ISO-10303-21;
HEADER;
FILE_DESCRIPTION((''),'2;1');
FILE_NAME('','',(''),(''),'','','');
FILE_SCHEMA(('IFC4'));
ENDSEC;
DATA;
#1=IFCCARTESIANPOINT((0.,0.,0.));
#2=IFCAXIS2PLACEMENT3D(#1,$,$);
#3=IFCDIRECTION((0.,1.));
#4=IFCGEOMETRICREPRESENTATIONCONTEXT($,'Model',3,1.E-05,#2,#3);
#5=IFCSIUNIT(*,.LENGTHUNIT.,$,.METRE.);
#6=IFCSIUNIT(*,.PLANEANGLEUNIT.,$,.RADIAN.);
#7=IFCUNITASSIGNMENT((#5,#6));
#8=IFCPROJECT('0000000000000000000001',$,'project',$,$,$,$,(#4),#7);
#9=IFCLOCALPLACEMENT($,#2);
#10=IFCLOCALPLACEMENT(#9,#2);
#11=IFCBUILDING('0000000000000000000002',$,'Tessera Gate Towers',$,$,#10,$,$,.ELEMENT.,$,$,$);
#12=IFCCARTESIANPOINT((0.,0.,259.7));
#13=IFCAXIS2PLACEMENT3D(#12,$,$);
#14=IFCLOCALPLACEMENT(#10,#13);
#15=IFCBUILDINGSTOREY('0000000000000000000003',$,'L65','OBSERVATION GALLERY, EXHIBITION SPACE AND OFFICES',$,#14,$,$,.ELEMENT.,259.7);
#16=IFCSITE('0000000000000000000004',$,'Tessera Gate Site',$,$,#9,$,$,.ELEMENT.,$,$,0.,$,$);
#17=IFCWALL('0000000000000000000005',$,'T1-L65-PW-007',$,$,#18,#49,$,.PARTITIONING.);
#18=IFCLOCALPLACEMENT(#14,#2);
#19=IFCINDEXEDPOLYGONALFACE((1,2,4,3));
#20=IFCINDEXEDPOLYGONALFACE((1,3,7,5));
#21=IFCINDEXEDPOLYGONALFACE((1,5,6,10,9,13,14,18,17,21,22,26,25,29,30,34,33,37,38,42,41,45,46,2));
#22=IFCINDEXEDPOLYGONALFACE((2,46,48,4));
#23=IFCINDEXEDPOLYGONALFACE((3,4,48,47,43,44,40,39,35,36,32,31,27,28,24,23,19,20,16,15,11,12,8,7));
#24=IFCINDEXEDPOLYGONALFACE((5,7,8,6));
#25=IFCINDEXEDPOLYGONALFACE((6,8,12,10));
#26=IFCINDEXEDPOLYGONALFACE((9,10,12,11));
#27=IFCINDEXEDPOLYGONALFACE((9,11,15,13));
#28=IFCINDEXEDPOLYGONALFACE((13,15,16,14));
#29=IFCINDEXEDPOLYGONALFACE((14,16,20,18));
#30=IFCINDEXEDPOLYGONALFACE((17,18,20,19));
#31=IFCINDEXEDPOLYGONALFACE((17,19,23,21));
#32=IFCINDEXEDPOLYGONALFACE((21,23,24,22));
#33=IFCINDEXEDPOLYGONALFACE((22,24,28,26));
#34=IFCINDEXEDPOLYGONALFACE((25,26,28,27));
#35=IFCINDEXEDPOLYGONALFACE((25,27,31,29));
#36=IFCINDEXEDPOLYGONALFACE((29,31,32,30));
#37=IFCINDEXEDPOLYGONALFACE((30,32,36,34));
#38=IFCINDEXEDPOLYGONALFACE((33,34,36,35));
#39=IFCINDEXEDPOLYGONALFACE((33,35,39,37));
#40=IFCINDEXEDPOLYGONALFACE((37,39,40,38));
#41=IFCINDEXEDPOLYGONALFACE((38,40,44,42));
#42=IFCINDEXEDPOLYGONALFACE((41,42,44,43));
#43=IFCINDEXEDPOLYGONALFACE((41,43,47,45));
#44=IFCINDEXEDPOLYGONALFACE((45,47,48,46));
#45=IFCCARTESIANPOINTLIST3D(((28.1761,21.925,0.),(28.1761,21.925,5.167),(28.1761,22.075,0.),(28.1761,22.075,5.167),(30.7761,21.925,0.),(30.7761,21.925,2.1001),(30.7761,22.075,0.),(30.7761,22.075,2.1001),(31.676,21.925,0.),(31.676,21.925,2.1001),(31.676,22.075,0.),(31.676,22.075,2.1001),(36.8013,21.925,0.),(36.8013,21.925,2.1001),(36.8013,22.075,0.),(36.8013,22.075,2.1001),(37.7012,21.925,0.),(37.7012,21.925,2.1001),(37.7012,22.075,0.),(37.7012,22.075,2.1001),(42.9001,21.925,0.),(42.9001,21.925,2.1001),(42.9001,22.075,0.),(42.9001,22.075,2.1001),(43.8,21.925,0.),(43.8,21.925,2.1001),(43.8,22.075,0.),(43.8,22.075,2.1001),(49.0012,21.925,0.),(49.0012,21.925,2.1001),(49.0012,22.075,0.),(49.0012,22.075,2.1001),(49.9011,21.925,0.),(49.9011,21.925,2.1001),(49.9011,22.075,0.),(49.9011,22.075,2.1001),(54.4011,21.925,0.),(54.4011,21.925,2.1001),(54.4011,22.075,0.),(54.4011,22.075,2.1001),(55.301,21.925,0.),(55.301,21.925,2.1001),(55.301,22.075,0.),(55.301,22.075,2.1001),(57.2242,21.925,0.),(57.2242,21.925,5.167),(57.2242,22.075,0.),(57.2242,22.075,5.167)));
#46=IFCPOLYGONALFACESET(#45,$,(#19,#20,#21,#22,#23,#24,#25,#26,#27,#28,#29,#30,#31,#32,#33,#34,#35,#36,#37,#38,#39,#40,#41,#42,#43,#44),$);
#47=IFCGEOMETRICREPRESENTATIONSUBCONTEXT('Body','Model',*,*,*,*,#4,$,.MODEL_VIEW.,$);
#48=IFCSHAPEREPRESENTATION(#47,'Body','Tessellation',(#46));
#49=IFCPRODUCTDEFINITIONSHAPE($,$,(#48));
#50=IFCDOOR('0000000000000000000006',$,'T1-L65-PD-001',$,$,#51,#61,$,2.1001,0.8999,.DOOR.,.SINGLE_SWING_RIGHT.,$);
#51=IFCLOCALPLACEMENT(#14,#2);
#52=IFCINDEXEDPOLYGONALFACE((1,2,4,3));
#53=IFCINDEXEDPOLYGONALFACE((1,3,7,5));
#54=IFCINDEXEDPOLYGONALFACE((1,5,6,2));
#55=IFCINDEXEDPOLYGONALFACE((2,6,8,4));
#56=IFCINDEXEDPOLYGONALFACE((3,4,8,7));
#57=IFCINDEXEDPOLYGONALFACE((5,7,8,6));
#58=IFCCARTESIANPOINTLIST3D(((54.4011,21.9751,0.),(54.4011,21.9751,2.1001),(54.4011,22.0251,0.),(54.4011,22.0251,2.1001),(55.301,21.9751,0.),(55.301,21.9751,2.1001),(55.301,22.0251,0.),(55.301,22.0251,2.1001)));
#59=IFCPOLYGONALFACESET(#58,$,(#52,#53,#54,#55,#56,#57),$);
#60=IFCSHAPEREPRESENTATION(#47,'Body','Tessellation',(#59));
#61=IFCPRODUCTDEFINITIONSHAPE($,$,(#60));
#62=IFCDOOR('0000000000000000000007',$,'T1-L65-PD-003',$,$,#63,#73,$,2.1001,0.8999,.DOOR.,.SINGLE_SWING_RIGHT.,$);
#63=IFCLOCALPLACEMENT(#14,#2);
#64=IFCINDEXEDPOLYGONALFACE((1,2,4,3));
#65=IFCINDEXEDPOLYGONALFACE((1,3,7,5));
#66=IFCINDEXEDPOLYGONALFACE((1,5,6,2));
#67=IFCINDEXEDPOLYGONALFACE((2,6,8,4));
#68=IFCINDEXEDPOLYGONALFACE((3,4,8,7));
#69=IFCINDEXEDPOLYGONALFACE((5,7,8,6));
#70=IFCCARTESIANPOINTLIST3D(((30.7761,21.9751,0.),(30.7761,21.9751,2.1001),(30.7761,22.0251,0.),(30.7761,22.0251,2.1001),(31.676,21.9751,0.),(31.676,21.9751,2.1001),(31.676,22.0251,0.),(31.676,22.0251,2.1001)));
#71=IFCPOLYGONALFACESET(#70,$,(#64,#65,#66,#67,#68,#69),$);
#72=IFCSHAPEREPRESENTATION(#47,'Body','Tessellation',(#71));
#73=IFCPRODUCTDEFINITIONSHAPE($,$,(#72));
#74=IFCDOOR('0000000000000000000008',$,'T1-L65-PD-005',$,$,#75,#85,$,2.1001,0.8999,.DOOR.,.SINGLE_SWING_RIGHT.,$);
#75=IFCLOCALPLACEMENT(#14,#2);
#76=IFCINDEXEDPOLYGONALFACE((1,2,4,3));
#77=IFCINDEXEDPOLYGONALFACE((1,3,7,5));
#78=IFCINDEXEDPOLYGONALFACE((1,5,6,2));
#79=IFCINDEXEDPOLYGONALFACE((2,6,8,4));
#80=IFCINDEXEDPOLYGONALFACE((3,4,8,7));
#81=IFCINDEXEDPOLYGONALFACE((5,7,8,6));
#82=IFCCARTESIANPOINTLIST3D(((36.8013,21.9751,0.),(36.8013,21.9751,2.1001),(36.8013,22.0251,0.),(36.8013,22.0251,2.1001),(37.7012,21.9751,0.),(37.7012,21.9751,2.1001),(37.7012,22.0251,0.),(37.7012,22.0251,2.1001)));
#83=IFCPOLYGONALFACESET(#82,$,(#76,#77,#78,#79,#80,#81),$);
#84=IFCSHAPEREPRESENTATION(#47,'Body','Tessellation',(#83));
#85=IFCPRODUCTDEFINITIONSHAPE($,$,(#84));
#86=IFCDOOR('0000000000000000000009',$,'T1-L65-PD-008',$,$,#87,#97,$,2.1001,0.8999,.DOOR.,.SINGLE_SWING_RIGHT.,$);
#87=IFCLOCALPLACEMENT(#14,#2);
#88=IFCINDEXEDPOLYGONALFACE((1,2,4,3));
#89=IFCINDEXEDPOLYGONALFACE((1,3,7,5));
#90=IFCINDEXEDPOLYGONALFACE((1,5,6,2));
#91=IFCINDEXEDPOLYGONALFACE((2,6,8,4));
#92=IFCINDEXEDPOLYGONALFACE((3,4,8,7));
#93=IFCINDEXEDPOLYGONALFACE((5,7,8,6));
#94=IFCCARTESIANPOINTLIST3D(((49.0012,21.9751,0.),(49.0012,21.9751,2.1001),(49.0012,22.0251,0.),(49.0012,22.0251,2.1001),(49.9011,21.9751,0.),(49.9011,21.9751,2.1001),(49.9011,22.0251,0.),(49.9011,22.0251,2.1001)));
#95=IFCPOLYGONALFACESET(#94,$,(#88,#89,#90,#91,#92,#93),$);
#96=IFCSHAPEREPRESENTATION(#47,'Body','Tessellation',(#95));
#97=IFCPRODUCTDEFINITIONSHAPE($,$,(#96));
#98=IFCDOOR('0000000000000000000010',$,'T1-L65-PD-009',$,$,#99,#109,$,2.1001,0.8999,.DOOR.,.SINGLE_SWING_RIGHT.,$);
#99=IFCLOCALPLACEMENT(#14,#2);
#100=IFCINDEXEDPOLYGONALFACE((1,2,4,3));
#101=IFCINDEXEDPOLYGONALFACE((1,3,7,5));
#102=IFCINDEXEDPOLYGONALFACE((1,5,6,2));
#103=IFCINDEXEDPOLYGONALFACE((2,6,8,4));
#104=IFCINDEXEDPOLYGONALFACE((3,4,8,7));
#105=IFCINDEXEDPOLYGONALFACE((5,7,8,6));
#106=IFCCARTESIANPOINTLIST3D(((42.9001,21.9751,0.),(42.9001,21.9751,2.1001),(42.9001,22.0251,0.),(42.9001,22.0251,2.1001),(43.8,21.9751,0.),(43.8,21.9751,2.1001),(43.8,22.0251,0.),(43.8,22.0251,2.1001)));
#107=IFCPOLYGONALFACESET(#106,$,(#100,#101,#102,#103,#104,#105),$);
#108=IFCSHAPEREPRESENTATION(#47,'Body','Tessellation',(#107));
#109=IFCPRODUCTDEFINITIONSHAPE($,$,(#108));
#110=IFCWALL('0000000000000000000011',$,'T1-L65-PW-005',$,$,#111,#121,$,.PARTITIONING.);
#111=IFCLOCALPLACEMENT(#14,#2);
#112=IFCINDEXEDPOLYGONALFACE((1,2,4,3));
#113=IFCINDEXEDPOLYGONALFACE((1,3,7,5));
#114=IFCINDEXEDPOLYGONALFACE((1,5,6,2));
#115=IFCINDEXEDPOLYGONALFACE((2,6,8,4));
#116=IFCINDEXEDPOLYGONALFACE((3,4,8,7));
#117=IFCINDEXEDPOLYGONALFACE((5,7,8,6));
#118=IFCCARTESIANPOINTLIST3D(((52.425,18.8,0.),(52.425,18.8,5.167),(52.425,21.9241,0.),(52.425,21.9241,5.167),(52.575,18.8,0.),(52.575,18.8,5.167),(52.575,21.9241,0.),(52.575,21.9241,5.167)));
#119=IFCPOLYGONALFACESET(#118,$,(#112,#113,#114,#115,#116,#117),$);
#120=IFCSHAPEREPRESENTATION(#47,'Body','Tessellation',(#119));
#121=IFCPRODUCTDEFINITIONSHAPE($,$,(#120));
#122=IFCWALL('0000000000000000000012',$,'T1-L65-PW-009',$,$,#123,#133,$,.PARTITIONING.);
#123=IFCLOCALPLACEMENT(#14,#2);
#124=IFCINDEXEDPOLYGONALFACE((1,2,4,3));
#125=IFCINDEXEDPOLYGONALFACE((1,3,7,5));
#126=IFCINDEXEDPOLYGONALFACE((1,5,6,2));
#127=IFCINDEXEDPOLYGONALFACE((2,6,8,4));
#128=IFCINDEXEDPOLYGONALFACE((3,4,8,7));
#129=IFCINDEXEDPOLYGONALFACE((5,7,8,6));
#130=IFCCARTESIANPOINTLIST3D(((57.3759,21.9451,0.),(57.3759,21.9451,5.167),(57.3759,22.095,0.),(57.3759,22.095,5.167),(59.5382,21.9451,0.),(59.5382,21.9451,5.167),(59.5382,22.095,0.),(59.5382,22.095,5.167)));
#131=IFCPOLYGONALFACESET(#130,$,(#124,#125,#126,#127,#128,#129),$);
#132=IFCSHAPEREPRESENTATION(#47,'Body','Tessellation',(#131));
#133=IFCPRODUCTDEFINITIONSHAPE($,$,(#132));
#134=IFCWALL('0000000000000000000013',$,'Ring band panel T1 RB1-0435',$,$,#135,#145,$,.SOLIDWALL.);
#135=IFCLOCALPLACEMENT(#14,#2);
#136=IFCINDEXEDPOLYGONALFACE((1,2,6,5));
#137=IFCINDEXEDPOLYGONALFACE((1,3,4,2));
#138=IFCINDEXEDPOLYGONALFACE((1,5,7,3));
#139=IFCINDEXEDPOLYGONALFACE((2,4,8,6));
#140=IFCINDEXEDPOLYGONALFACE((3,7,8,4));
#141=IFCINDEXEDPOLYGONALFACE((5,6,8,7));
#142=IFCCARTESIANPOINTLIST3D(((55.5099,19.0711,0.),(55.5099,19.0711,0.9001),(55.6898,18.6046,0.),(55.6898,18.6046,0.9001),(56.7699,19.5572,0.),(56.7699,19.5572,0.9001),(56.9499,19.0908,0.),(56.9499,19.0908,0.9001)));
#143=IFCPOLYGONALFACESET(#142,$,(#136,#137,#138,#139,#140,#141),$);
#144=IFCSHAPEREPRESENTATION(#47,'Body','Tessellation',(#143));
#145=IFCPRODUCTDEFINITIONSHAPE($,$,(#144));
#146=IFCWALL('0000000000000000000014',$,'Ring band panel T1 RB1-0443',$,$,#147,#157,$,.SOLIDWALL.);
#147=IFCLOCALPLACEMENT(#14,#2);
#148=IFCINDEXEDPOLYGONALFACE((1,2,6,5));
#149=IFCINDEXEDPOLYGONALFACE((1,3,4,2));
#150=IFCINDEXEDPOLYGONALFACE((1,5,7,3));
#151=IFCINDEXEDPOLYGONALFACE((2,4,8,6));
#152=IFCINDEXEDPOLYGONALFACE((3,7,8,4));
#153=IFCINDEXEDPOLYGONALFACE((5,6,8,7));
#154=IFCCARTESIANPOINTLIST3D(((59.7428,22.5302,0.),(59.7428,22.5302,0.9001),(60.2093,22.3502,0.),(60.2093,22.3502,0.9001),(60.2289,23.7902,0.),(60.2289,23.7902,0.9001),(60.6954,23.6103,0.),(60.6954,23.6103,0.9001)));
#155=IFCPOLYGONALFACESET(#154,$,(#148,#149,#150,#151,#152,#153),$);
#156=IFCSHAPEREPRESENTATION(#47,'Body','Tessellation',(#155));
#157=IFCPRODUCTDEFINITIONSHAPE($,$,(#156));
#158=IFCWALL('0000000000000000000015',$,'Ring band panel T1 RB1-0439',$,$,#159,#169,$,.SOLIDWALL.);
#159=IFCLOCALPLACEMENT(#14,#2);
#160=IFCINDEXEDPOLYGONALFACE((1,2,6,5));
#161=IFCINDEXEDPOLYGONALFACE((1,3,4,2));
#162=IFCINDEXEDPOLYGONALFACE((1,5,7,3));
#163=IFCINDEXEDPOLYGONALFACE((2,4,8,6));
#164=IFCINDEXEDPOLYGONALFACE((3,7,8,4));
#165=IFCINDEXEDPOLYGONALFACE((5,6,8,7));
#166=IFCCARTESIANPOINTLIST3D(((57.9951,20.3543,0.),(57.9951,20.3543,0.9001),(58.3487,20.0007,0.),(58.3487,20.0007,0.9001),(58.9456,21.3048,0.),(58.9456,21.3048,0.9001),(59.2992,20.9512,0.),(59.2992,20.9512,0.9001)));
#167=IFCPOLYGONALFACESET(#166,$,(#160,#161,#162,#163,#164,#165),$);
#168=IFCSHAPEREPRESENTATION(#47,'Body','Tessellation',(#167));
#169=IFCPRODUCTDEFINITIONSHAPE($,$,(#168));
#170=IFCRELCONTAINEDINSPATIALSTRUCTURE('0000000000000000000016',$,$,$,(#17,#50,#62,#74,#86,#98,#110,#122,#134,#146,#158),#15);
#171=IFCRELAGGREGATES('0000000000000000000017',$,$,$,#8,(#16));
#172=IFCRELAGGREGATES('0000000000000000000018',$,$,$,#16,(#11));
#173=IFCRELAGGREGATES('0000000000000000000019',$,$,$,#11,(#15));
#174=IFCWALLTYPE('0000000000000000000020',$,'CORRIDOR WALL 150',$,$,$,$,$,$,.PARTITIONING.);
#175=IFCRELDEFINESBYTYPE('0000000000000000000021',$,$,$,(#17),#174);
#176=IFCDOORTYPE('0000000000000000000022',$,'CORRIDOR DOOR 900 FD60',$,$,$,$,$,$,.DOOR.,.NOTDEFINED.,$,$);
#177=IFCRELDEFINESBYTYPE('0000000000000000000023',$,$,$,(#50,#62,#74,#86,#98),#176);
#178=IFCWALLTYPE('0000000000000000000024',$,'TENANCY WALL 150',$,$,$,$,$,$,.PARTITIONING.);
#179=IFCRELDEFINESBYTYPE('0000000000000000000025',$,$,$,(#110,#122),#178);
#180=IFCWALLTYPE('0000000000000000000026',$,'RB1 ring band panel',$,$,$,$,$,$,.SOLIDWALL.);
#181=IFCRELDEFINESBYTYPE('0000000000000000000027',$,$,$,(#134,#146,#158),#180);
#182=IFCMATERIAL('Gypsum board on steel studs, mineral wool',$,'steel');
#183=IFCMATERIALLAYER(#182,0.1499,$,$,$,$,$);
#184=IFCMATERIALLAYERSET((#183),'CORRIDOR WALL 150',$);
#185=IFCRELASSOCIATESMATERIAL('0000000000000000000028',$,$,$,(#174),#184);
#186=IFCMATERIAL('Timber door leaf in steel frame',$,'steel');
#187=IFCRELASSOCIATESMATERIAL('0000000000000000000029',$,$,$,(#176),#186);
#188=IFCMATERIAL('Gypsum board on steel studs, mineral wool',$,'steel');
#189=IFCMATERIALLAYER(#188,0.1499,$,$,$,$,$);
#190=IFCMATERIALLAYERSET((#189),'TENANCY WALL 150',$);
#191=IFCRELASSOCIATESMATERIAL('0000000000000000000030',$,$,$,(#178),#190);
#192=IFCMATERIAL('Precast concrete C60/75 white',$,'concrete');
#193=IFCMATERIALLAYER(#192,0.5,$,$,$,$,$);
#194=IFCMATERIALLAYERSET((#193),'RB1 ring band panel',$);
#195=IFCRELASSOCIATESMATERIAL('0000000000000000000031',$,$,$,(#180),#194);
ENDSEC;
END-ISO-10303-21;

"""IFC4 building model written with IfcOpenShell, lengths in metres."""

from ifc_helpers import new_model, si_unit, direction, frame, frame_2d, origin, place, context, subcontext, project, spatial, polyline, rectangle, outline, extrude, source, transform, mapped, material, layer, layer_set, type_object, element, fill, save


model = new_model("IFC4")

# Units and contexts
model_context = context("Model", 3, precision=1e-05, world=origin(), true_north=direction((0.0, 1.0)))
body_context = subcontext(model_context, "Body", "Model", "MODEL_VIEW")
ifc_project = project(units=[si_unit("LENGTHUNIT", "METRE"), si_unit("PLANEANGLEUNIT", "RADIAN")], contexts=[model_context])

# Site, building, storey
site_placement = place(None, origin())
site = spatial("IfcSite", under=ifc_project, at=site_placement, Name="Tessera Gate Site", CompositionType="ELEMENT", RefElevation=0.0)
building_placement = place(site_placement, origin())
building = spatial("IfcBuilding", under=site, at=building_placement, Name="Tessera Gate Towers", CompositionType="ELEMENT")
storey_placement = place(building_placement, frame((0.0, 0.0, 259.7)))
storey = spatial("IfcBuildingStorey", under=building, at=storey_placement, Name="L65", Description="OBSERVATION GALLERY, EXHIBITION SPACE AND OFFICES", CompositionType="ELEMENT", Elevation=259.7)

# Wall, openings, doors
ifc_material_1 = material(Name="Gypsum board on steel studs, mineral wool", Category="steel")
ifc_layer_1 = layer(ifc_material_1, 0.1499)
ifc_layer_set_1 = layer_set([ifc_layer_1], Name="CORRIDOR WALL 150")
wall_type_1 = type_object("IfcWallType", Name="CORRIDOR WALL 150", PredefinedType="PARTITIONING", material=ifc_layer_set_1)
wall_1_placement = place(storey_placement, frame((57.2241, 22.0, 0.0), z_axis=(0.0, 0.0, 1.0), x_axis=(-1.0, 0.0, 0.0)))
wall_1 = element("IfcWall", 1, at=wall_1_placement, inside=storey, type_object=wall_type_1, Name="T1-L65-PW-007", PredefinedType="PARTITIONING", context=body_context, shape_type="SweptSolid", body=[
    extrude(rectangle(XDim=29.0481, YDim=0.1499, at=frame_2d((14.5239, 0.0))), origin(), (0.0, 0.0, 1.0), 5.167),
])
shared_shape_1 = source(origin(), body_context, "Body", "SweptSolid", [
    extrude(rectangle(XDim=0.8999, YDim=2.1001, at=frame_2d((0.45, 1.05))), frame((0.0, 0.085, 0.0), z_axis=(0.0, -1.0, 0.0), x_axis=(1.0, 0.0, 0.0)), (0.0, 0.0, 1.0), 0.1699),
])
opening_1_placement = place(wall_1_placement, frame((1.9231, 0.0, 0.0)))
opening_1 = element("IfcOpeningElement", 2, at=opening_1_placement, cuts=wall_1, PredefinedType="OPENING", context=body_context, shape_type="MappedRepresentation", body=[
    mapped(shared_shape_1, transform((0.0, 0.0, 0.0), scale=1.0)),
])
opening_2_placement = place(wall_1_placement, frame((25.5481, 0.0, 0.0)))
opening_2 = element("IfcOpeningElement", 3, at=opening_2_placement, cuts=wall_1, PredefinedType="OPENING", context=body_context, shape_type="MappedRepresentation", body=[
    mapped(shared_shape_1, transform((0.0, 0.0, 0.0), scale=1.0)),
])
opening_3_placement = place(wall_1_placement, frame((19.5229, 0.0, 0.0)))
opening_3 = element("IfcOpeningElement", 4, at=opening_3_placement, cuts=wall_1, PredefinedType="OPENING", context=body_context, shape_type="MappedRepresentation", body=[
    mapped(shared_shape_1, transform((0.0, 0.0, 0.0), scale=1.0)),
])
opening_4_placement = place(wall_1_placement, frame((7.323, 0.0, 0.0)))
opening_4 = element("IfcOpeningElement", 5, at=opening_4_placement, cuts=wall_1, PredefinedType="OPENING", context=body_context, shape_type="MappedRepresentation", body=[
    mapped(shared_shape_1, transform((0.0, 0.0, 0.0), scale=1.0)),
])
opening_5_placement = place(wall_1_placement, frame((13.4241, 0.0, 0.0)))
opening_5 = element("IfcOpeningElement", 6, at=opening_5_placement, cuts=wall_1, PredefinedType="OPENING", context=body_context, shape_type="MappedRepresentation", body=[
    mapped(shared_shape_1, transform((0.0, 0.0, 0.0), scale=1.0)),
])
ifc_material_2 = material(Name="Timber door leaf in steel frame", Category="steel")
door_type = type_object("IfcDoorType", Name="CORRIDOR DOOR 900 FD60", OperationType="NOTDEFINED", PredefinedType="DOOR", material=ifc_material_2)
shared_shape_2 = source(origin(), body_context, "Body", "SweptSolid", [
    extrude(rectangle(XDim=0.8999, YDim=2.1001, at=frame_2d((0.45, 1.05))), frame((0.0, 0.0249, 0.0), z_axis=(0.0, -1.0, 0.0), x_axis=(1.0, 0.0, 0.0)), (0.0, 0.0, 1.0), 0.05),
])
door_1_placement = place(opening_1_placement, origin())
door_1 = element("IfcDoor", 7, at=door_1_placement, inside=storey, type_object=door_type, Name="T1-L65-PD-001", OperationType="SINGLE_SWING_RIGHT", OverallHeight=2.1001, OverallWidth=0.8999, PredefinedType="DOOR", context=body_context, shape_type="MappedRepresentation", body=[
    mapped(shared_shape_2, transform((0.0, 0.0, 0.0), scale=1.0)),
])
fill(opening_1, door_1)
door_2_placement = place(opening_2_placement, origin())
door_2 = element("IfcDoor", 8, at=door_2_placement, inside=storey, type_object=door_type, Name="T1-L65-PD-003", OperationType="SINGLE_SWING_RIGHT", OverallHeight=2.1001, OverallWidth=0.8999, PredefinedType="DOOR", context=body_context, shape_type="MappedRepresentation", body=[
    mapped(shared_shape_2, transform((0.0, 0.0, 0.0), scale=1.0)),
])
fill(opening_2, door_2)
door_3_placement = place(opening_3_placement, origin())
door_3 = element("IfcDoor", 9, at=door_3_placement, inside=storey, type_object=door_type, Name="T1-L65-PD-005", OperationType="SINGLE_SWING_RIGHT", OverallHeight=2.1001, OverallWidth=0.8999, PredefinedType="DOOR", context=body_context, shape_type="MappedRepresentation", body=[
    mapped(shared_shape_2, transform((0.0, 0.0, 0.0), scale=1.0)),
])
fill(opening_3, door_3)
door_4_placement = place(opening_4_placement, origin())
door_4 = element("IfcDoor", 10, at=door_4_placement, inside=storey, type_object=door_type, Name="T1-L65-PD-008", OperationType="SINGLE_SWING_RIGHT", OverallHeight=2.1001, OverallWidth=0.8999, PredefinedType="DOOR", context=body_context, shape_type="MappedRepresentation", body=[
    mapped(shared_shape_2, transform((0.0, 0.0, 0.0), scale=1.0)),
])
fill(opening_4, door_4)
door_5_placement = place(opening_5_placement, origin())
door_5 = element("IfcDoor", 11, at=door_5_placement, inside=storey, type_object=door_type, Name="T1-L65-PD-009", OperationType="SINGLE_SWING_RIGHT", OverallHeight=2.1001, OverallWidth=0.8999, PredefinedType="DOOR", context=body_context, shape_type="MappedRepresentation", body=[
    mapped(shared_shape_2, transform((0.0, 0.0, 0.0), scale=1.0)),
])
fill(opening_5, door_5)

# Walls
ifc_material_3 = material(Name="Gypsum board on steel studs, mineral wool", Category="steel")
ifc_layer_2 = layer(ifc_material_3, 0.1499)
ifc_layer_set_2 = layer_set([ifc_layer_2], Name="TENANCY WALL 150")
wall_type_2 = type_object("IfcWallType", Name="TENANCY WALL 150", PredefinedType="PARTITIONING", material=ifc_layer_set_2)
wall_2_placement = place(storey_placement, frame((52.5, 18.8, 0.0), z_axis=(0.0, 0.0, 1.0), x_axis=(0.0, 1.0, 0.0)))
element("IfcWall", 12, at=wall_2_placement, inside=storey, type_object=wall_type_2, Name="T1-L65-PW-005", PredefinedType="PARTITIONING", context=body_context, shape_type="SweptSolid", body=[
    extrude(rectangle(XDim=3.124, YDim=0.1499, at=frame_2d((1.562, 0.0))), origin(), (0.0, 0.0, 1.0), 5.167),
])
wall_3_placement = place(storey_placement, frame((57.376, 22.02, 0.0), z_axis=(0.0, 0.0, 1.0), x_axis=(1.0, 0.0, 0.0)))
element("IfcWall", 13, at=wall_3_placement, inside=storey, type_object=wall_type_2, Name="T1-L65-PW-009", PredefinedType="PARTITIONING", context=body_context, shape_type="SweptSolid", body=[
    extrude(rectangle(XDim=2.1624, YDim=0.1499, at=frame_2d((1.0811, 0.0))), origin(), (0.0, 0.0, 1.0), 5.167),
])
ifc_material_4 = material(Name="Precast concrete C60/75 white", Category="concrete")
ifc_layer_3 = layer(ifc_material_4, 0.5)
ifc_layer_set_3 = layer_set([ifc_layer_3], Name="RB1 ring band panel")
wall_type_3 = type_object("IfcWallType", Name="RB1 ring band panel", PredefinedType="SOLIDWALL", material=ifc_layer_set_3)
shared_shape_3 = source(origin(), body_context, "Body", "SweptSolid", [
    extrude(outline(polyline([(0.0, 0.0), (1.3506, 0.0), (1.3506, 0.9001), (0.0, 0.9001), (0.0, 0.0)])), frame((0.0, 0.25, 0.0), z_axis=(0.0, -1.0, 0.0), x_axis=(1.0, 0.0, 0.0)), (0.0, 0.0, 1.0), 0.5),
])
for number, where, z_axis, x_axis, name in (
    (14, (55.5999, 18.8379, 0.0), (0.0, 0.0, 1.0), (0.932982, 0.359924, 0.0), "Ring band panel T1 RB1-0435"),
    (15, (59.9761, 22.4402, 0.0), (0.0, 0.0, 1.0), (0.359924, 0.932982, 0.0), "Ring band panel T1 RB1-0443"),
):
    element("IfcWall", number, at=place(storey_placement, frame(where, z_axis=z_axis, x_axis=x_axis)), inside=storey, type_object=wall_type_3, Name=name, PredefinedType="SOLIDWALL", context=body_context, shape_type="MappedRepresentation", body=[
        mapped(shared_shape_3, transform((0.0, 0.0, 0.0), scale=1.0)),
    ])
shared_shape_4 = source(origin(), body_context, "Body", "SweptSolid", [
    extrude(outline(polyline([(0.0, 0.0), (1.3442, 0.0), (1.3442, 0.9001), (0.0, 0.9001), (0.0, 0.0)])), frame((0.0, 0.25, 0.0), z_axis=(0.0, -1.0, 0.0), x_axis=(1.0, 0.0, 0.0)), (0.0, 0.0, 1.0), 0.5),
])
wall_4_placement = place(storey_placement, frame((58.1719, 20.1775, 0.0), z_axis=(0.0, 0.0, 1.0), x_axis=(0.707107, 0.707107, 0.0)))
element("IfcWall", 16, at=wall_4_placement, inside=storey, type_object=wall_type_3, Name="Ring band panel T1 RB1-0439", PredefinedType="SOLIDWALL", context=body_context, shape_type="MappedRepresentation", body=[
    mapped(shared_shape_4, transform((0.0, 0.0, 0.0), scale=1.0)),
])

save(model, "model.ifc")
